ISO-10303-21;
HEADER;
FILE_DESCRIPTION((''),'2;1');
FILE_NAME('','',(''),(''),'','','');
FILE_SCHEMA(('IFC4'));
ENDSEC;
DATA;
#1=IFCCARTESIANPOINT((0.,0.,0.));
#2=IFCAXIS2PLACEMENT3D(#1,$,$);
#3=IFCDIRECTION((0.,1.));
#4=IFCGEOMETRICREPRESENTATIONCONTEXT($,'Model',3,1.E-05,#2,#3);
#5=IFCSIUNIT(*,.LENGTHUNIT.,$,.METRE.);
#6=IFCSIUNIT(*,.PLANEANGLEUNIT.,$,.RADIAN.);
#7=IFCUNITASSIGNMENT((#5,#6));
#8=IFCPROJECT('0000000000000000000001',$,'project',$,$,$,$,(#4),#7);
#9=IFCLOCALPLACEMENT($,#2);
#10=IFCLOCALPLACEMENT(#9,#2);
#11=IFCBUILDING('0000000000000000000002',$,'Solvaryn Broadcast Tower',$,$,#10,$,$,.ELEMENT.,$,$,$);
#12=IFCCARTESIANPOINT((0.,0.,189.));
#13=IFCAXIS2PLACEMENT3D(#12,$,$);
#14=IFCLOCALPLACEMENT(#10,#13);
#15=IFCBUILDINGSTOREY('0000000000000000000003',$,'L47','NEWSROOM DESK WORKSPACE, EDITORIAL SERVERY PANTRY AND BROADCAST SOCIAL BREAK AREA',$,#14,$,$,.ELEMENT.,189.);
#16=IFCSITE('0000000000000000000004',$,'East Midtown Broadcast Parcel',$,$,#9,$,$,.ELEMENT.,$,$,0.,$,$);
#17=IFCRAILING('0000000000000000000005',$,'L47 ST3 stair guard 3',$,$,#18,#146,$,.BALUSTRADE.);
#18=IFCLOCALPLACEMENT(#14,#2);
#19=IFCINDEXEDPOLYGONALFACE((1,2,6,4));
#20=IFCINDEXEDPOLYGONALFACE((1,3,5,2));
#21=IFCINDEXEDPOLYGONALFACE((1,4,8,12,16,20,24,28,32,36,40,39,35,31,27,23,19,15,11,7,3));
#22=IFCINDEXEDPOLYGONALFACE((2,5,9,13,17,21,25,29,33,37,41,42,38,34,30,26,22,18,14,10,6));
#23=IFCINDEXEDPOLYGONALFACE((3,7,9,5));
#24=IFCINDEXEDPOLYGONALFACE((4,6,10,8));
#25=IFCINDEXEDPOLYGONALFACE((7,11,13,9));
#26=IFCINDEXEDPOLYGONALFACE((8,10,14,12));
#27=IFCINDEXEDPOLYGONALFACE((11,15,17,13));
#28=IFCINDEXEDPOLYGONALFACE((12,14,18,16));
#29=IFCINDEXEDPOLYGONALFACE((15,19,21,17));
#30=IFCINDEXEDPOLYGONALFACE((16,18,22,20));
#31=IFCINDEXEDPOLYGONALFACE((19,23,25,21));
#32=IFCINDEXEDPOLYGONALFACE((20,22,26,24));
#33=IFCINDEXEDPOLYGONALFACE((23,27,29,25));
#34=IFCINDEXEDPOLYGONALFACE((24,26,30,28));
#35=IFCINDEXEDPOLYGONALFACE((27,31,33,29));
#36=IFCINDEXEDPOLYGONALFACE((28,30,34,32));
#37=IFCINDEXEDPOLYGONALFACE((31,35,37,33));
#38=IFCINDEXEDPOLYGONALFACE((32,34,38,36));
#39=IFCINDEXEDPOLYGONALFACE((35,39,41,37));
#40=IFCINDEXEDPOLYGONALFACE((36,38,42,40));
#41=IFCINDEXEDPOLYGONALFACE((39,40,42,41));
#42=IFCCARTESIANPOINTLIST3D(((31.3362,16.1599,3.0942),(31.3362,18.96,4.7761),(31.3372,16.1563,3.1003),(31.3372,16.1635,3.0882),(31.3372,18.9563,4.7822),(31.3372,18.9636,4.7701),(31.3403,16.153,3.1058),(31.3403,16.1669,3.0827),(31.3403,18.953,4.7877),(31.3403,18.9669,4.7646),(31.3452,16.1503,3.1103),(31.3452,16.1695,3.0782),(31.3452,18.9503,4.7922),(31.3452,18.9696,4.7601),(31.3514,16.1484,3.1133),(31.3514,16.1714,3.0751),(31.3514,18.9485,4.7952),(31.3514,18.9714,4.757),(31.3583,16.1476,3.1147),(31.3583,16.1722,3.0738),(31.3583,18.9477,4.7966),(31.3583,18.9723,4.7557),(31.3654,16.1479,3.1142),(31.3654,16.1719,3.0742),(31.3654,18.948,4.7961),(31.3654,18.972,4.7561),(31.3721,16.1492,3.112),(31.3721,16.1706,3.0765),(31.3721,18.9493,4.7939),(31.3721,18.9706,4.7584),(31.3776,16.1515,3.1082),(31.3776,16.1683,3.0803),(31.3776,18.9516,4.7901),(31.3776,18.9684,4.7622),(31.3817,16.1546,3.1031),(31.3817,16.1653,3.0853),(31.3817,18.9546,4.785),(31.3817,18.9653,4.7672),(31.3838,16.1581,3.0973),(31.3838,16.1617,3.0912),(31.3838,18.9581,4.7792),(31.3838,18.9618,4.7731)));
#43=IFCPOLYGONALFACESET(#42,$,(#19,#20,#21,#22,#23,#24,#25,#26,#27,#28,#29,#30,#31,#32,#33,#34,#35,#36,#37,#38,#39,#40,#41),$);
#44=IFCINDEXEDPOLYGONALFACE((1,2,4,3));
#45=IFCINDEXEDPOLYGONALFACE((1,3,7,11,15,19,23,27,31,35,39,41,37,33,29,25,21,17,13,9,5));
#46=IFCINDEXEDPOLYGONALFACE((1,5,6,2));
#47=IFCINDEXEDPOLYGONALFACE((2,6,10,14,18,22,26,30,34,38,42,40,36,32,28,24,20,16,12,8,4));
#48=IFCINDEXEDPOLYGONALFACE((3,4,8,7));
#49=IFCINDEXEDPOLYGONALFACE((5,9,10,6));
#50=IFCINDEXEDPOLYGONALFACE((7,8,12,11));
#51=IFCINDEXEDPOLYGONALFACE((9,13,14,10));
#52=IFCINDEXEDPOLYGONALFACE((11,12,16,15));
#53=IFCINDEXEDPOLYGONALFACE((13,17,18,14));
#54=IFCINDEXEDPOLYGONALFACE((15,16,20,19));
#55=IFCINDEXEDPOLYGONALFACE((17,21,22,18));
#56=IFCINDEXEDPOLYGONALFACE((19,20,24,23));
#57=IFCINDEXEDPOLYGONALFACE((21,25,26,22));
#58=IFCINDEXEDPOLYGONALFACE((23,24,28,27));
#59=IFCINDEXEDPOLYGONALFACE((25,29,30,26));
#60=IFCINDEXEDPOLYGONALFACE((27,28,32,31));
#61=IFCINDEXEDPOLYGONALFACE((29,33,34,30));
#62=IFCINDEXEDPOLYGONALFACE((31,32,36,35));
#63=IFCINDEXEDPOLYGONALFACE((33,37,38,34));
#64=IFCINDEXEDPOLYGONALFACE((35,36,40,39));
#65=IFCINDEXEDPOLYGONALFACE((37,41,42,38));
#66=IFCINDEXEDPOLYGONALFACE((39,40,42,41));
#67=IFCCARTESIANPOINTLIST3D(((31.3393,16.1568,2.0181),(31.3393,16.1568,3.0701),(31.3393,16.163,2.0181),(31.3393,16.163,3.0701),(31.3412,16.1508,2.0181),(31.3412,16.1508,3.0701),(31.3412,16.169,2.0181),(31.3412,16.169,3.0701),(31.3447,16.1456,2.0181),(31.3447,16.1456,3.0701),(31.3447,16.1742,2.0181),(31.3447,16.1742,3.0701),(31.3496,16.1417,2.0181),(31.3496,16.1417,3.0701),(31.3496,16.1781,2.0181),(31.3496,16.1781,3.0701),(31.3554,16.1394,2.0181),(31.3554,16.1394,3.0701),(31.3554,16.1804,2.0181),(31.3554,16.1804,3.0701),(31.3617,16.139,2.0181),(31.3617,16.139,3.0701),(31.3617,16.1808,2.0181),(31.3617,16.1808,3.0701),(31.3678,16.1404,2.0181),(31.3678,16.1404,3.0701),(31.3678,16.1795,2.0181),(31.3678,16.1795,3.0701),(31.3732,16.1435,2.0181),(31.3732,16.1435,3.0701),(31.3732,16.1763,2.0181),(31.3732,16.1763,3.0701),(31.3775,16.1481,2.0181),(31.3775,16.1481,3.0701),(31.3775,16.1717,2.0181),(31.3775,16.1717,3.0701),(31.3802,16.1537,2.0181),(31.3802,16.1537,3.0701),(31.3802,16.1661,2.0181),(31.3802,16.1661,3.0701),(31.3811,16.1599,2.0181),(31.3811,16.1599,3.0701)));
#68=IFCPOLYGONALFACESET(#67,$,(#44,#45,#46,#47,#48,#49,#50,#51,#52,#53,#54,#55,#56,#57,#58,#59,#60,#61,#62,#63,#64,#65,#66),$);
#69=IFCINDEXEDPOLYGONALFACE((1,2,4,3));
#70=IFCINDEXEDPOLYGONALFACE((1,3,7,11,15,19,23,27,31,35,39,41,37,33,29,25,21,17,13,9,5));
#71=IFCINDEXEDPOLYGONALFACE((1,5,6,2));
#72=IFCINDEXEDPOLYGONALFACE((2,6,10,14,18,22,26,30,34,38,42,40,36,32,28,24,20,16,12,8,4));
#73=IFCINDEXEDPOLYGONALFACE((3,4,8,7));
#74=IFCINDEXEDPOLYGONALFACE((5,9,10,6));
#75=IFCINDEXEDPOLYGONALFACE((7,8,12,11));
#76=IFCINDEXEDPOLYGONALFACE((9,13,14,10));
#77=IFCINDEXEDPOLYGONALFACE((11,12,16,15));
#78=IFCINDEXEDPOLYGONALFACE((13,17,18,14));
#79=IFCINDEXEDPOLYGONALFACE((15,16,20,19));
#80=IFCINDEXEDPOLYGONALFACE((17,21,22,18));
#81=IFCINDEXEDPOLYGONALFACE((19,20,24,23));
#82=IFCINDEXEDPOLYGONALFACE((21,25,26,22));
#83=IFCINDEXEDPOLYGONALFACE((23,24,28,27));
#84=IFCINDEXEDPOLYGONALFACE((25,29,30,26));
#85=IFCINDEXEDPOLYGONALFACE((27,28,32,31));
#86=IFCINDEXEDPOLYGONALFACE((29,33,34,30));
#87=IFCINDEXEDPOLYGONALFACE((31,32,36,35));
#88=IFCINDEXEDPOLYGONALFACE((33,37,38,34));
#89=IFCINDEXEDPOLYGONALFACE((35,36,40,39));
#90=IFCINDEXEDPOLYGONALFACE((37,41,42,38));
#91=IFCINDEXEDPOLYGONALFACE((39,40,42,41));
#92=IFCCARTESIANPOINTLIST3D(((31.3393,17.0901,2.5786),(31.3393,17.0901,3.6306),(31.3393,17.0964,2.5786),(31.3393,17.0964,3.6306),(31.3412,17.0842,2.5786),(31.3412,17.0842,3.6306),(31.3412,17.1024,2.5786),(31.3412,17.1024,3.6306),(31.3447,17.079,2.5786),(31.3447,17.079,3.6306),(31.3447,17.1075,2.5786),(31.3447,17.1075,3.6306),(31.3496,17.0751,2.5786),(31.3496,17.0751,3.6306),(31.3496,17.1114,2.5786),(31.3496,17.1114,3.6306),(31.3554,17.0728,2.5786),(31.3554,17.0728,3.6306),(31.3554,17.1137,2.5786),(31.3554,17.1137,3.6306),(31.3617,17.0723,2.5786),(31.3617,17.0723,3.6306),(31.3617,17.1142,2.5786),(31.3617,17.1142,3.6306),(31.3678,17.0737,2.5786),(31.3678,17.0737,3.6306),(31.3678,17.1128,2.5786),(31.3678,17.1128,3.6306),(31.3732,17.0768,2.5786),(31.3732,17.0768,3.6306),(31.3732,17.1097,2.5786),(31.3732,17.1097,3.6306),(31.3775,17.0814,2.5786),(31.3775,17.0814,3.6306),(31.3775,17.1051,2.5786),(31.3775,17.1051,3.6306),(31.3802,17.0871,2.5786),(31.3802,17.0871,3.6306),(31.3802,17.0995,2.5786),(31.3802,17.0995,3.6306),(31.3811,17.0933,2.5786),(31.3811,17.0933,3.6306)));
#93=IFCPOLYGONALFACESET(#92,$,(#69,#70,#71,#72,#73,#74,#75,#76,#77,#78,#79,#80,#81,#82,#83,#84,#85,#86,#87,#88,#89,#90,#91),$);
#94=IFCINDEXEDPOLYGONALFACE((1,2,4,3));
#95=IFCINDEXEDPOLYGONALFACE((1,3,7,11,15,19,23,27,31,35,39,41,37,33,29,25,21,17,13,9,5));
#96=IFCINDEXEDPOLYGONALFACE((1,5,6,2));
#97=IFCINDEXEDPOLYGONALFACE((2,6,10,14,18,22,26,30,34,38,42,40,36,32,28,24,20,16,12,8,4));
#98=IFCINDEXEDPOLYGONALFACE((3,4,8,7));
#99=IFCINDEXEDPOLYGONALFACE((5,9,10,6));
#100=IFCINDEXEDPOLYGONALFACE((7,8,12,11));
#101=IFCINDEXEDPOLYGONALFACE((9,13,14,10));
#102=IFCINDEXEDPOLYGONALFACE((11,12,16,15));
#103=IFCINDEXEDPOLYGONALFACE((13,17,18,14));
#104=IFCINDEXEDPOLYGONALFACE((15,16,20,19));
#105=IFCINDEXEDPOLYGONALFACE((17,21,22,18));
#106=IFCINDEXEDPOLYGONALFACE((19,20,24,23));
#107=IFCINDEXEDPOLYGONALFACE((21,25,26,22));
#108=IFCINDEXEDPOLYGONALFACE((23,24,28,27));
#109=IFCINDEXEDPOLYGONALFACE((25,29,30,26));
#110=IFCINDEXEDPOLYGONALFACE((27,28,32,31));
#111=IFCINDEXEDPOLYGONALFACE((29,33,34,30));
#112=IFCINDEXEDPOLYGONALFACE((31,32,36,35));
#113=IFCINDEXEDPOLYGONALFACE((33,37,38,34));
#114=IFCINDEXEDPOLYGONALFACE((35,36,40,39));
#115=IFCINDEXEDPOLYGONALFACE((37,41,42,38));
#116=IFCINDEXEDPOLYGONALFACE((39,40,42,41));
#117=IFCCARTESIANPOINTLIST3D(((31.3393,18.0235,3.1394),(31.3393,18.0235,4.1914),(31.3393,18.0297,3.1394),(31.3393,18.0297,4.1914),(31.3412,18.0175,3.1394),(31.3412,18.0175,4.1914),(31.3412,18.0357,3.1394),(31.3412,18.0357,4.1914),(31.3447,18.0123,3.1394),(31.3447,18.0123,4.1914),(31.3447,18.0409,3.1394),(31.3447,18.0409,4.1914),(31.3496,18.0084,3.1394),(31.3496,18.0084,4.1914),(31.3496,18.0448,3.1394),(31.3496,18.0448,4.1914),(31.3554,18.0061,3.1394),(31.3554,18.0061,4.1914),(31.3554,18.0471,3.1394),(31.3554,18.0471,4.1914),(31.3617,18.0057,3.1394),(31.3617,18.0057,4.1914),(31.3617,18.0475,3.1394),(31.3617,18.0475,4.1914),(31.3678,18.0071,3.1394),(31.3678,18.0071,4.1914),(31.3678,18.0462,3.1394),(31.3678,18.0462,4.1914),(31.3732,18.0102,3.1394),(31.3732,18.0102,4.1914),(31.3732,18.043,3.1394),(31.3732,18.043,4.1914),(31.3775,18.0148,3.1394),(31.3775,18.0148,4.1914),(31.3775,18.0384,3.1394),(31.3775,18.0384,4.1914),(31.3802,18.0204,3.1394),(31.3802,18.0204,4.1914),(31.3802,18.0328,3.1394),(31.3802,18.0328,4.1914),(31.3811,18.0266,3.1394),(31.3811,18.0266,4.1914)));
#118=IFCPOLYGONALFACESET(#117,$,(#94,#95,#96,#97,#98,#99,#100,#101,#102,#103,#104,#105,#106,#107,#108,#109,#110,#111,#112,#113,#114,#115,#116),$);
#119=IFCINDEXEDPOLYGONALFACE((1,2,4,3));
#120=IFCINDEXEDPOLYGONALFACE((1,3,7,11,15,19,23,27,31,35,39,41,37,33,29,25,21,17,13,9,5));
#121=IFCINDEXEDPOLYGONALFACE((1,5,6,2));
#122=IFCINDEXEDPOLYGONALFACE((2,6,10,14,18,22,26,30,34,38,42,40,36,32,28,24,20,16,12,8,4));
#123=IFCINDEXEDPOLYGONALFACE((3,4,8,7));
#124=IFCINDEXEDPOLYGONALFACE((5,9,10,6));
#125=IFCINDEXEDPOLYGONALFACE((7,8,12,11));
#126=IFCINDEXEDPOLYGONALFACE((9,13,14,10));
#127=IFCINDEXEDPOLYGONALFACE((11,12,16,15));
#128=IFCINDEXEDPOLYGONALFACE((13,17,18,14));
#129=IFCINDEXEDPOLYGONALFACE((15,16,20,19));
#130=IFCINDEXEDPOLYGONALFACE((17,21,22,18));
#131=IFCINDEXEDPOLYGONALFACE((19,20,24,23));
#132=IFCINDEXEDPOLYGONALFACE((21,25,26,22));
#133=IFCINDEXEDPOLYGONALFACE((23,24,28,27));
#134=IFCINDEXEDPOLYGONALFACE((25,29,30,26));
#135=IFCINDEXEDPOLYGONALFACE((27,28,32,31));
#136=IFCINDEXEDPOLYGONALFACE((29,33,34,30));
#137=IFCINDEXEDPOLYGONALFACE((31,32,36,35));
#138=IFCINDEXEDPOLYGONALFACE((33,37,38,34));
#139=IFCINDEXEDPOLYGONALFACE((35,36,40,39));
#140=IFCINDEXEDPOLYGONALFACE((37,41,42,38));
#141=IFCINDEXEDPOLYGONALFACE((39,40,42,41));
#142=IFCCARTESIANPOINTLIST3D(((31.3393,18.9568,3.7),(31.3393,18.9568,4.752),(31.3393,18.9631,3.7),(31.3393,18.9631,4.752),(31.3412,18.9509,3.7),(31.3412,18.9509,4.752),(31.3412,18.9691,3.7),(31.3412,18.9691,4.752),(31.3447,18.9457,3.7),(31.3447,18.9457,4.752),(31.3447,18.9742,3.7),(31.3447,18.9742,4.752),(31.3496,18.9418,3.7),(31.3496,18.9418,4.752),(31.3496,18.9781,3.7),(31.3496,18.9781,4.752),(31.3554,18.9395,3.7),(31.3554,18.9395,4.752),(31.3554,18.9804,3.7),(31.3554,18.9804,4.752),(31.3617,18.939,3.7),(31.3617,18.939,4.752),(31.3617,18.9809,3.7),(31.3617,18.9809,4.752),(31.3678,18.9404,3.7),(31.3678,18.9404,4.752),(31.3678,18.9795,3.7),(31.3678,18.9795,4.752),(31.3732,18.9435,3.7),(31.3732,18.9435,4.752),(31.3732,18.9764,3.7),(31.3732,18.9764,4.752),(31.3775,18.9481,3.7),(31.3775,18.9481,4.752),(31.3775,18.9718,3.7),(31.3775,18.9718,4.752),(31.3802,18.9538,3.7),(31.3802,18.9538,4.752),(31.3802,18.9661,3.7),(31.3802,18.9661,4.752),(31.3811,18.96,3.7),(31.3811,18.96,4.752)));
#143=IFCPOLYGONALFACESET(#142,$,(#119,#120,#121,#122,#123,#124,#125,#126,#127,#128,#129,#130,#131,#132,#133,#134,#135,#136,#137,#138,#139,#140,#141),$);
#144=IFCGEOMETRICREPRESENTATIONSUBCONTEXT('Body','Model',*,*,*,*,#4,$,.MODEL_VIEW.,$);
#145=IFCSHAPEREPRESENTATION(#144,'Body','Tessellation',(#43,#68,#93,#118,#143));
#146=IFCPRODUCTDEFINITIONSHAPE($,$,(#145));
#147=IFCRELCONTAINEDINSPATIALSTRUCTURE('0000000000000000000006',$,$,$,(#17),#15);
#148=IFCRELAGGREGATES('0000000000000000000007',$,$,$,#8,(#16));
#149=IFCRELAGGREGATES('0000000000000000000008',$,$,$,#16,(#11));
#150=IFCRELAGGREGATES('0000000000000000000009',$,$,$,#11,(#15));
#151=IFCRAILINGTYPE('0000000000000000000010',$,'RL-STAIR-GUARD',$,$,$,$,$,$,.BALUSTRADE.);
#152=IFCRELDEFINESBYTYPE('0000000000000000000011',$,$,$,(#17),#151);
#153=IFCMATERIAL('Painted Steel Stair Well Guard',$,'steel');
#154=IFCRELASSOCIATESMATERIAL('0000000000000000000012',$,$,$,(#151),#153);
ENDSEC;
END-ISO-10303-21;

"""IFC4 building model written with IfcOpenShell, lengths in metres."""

from ifc_helpers import new_model, si_unit, direction, frame, origin, origin_2d, place, context, subcontext, project, spatial, circle, extrude, material, type_object, element, save


model = new_model("IFC4")

# Units and contexts
model_context = context("Model", 3, precision=1e-05, world=origin(), true_north=direction((0.0, 1.0)))
body_context = subcontext(model_context, "Body", "Model", "MODEL_VIEW")
ifc_project = project(units=[si_unit("LENGTHUNIT", "METRE"), si_unit("PLANEANGLEUNIT", "RADIAN")], contexts=[model_context])

# Site, building, storey
site_placement = place(None, origin())
site = spatial("IfcSite", under=ifc_project, at=site_placement, Name="East Midtown Broadcast Parcel", CompositionType="ELEMENT", RefElevation=0.0)
building_placement = place(site_placement, origin())
building = spatial("IfcBuilding", under=site, at=building_placement, Name="Solvaryn Broadcast Tower", CompositionType="ELEMENT")
storey_placement = place(building_placement, frame((0.0, 0.0, 189.0)))
storey = spatial("IfcBuildingStorey", under=building, at=storey_placement, Name="L47", Description="NEWSROOM DESK WORKSPACE, EDITORIAL SERVERY PANTRY AND BROADCAST SOCIAL BREAK AREA", CompositionType="ELEMENT", Elevation=189.0)

# Railing
ifc_material_1 = material(Name="Painted Steel Stair Well Guard", Category="steel")
railing_type_1 = type_object("IfcRailingType", Name="RL-STAIR-GUARD", PredefinedType="BALUSTRADE", material=ifc_material_1)
railing_1_placement = place(storey_placement, frame((31.3601, 16.1599, 2.0181)))
element("IfcRailing", 1, at=railing_1_placement, inside=storey, type_object=railing_type_1, Name="L47 ST3 stair guard 3", PredefinedType="BALUSTRADE", context=body_context, shape_type="SweptSolid", body=[
    extrude(circle(Radius=0.0239, at=origin_2d()), frame((0.0, 0.0, 1.0762), z_axis=(0.0, 0.857242, 0.514913), x_axis=(-1.0, 0.0, 0.0)), (0.0, 0.0, 1.0), 3.2664),
    extrude(circle(Radius=0.021, at=origin_2d()), origin(), (0.0, 0.0, 1.0), 1.052),
    extrude(circle(Radius=0.021, at=origin_2d()), frame((0.0, 0.9333, 0.5605)), (0.0, 0.0, 1.0), 1.052),
    extrude(circle(Radius=0.021, at=origin_2d()), frame((0.0, 1.8667, 1.1213)), (0.0, 0.0, 1.0), 1.052),
    extrude(circle(Radius=0.021, at=origin_2d()), frame((0.0, 2.8, 1.6819)), (0.0, 0.0, 1.0), 1.052),
])

save(model, "model.ifc")
